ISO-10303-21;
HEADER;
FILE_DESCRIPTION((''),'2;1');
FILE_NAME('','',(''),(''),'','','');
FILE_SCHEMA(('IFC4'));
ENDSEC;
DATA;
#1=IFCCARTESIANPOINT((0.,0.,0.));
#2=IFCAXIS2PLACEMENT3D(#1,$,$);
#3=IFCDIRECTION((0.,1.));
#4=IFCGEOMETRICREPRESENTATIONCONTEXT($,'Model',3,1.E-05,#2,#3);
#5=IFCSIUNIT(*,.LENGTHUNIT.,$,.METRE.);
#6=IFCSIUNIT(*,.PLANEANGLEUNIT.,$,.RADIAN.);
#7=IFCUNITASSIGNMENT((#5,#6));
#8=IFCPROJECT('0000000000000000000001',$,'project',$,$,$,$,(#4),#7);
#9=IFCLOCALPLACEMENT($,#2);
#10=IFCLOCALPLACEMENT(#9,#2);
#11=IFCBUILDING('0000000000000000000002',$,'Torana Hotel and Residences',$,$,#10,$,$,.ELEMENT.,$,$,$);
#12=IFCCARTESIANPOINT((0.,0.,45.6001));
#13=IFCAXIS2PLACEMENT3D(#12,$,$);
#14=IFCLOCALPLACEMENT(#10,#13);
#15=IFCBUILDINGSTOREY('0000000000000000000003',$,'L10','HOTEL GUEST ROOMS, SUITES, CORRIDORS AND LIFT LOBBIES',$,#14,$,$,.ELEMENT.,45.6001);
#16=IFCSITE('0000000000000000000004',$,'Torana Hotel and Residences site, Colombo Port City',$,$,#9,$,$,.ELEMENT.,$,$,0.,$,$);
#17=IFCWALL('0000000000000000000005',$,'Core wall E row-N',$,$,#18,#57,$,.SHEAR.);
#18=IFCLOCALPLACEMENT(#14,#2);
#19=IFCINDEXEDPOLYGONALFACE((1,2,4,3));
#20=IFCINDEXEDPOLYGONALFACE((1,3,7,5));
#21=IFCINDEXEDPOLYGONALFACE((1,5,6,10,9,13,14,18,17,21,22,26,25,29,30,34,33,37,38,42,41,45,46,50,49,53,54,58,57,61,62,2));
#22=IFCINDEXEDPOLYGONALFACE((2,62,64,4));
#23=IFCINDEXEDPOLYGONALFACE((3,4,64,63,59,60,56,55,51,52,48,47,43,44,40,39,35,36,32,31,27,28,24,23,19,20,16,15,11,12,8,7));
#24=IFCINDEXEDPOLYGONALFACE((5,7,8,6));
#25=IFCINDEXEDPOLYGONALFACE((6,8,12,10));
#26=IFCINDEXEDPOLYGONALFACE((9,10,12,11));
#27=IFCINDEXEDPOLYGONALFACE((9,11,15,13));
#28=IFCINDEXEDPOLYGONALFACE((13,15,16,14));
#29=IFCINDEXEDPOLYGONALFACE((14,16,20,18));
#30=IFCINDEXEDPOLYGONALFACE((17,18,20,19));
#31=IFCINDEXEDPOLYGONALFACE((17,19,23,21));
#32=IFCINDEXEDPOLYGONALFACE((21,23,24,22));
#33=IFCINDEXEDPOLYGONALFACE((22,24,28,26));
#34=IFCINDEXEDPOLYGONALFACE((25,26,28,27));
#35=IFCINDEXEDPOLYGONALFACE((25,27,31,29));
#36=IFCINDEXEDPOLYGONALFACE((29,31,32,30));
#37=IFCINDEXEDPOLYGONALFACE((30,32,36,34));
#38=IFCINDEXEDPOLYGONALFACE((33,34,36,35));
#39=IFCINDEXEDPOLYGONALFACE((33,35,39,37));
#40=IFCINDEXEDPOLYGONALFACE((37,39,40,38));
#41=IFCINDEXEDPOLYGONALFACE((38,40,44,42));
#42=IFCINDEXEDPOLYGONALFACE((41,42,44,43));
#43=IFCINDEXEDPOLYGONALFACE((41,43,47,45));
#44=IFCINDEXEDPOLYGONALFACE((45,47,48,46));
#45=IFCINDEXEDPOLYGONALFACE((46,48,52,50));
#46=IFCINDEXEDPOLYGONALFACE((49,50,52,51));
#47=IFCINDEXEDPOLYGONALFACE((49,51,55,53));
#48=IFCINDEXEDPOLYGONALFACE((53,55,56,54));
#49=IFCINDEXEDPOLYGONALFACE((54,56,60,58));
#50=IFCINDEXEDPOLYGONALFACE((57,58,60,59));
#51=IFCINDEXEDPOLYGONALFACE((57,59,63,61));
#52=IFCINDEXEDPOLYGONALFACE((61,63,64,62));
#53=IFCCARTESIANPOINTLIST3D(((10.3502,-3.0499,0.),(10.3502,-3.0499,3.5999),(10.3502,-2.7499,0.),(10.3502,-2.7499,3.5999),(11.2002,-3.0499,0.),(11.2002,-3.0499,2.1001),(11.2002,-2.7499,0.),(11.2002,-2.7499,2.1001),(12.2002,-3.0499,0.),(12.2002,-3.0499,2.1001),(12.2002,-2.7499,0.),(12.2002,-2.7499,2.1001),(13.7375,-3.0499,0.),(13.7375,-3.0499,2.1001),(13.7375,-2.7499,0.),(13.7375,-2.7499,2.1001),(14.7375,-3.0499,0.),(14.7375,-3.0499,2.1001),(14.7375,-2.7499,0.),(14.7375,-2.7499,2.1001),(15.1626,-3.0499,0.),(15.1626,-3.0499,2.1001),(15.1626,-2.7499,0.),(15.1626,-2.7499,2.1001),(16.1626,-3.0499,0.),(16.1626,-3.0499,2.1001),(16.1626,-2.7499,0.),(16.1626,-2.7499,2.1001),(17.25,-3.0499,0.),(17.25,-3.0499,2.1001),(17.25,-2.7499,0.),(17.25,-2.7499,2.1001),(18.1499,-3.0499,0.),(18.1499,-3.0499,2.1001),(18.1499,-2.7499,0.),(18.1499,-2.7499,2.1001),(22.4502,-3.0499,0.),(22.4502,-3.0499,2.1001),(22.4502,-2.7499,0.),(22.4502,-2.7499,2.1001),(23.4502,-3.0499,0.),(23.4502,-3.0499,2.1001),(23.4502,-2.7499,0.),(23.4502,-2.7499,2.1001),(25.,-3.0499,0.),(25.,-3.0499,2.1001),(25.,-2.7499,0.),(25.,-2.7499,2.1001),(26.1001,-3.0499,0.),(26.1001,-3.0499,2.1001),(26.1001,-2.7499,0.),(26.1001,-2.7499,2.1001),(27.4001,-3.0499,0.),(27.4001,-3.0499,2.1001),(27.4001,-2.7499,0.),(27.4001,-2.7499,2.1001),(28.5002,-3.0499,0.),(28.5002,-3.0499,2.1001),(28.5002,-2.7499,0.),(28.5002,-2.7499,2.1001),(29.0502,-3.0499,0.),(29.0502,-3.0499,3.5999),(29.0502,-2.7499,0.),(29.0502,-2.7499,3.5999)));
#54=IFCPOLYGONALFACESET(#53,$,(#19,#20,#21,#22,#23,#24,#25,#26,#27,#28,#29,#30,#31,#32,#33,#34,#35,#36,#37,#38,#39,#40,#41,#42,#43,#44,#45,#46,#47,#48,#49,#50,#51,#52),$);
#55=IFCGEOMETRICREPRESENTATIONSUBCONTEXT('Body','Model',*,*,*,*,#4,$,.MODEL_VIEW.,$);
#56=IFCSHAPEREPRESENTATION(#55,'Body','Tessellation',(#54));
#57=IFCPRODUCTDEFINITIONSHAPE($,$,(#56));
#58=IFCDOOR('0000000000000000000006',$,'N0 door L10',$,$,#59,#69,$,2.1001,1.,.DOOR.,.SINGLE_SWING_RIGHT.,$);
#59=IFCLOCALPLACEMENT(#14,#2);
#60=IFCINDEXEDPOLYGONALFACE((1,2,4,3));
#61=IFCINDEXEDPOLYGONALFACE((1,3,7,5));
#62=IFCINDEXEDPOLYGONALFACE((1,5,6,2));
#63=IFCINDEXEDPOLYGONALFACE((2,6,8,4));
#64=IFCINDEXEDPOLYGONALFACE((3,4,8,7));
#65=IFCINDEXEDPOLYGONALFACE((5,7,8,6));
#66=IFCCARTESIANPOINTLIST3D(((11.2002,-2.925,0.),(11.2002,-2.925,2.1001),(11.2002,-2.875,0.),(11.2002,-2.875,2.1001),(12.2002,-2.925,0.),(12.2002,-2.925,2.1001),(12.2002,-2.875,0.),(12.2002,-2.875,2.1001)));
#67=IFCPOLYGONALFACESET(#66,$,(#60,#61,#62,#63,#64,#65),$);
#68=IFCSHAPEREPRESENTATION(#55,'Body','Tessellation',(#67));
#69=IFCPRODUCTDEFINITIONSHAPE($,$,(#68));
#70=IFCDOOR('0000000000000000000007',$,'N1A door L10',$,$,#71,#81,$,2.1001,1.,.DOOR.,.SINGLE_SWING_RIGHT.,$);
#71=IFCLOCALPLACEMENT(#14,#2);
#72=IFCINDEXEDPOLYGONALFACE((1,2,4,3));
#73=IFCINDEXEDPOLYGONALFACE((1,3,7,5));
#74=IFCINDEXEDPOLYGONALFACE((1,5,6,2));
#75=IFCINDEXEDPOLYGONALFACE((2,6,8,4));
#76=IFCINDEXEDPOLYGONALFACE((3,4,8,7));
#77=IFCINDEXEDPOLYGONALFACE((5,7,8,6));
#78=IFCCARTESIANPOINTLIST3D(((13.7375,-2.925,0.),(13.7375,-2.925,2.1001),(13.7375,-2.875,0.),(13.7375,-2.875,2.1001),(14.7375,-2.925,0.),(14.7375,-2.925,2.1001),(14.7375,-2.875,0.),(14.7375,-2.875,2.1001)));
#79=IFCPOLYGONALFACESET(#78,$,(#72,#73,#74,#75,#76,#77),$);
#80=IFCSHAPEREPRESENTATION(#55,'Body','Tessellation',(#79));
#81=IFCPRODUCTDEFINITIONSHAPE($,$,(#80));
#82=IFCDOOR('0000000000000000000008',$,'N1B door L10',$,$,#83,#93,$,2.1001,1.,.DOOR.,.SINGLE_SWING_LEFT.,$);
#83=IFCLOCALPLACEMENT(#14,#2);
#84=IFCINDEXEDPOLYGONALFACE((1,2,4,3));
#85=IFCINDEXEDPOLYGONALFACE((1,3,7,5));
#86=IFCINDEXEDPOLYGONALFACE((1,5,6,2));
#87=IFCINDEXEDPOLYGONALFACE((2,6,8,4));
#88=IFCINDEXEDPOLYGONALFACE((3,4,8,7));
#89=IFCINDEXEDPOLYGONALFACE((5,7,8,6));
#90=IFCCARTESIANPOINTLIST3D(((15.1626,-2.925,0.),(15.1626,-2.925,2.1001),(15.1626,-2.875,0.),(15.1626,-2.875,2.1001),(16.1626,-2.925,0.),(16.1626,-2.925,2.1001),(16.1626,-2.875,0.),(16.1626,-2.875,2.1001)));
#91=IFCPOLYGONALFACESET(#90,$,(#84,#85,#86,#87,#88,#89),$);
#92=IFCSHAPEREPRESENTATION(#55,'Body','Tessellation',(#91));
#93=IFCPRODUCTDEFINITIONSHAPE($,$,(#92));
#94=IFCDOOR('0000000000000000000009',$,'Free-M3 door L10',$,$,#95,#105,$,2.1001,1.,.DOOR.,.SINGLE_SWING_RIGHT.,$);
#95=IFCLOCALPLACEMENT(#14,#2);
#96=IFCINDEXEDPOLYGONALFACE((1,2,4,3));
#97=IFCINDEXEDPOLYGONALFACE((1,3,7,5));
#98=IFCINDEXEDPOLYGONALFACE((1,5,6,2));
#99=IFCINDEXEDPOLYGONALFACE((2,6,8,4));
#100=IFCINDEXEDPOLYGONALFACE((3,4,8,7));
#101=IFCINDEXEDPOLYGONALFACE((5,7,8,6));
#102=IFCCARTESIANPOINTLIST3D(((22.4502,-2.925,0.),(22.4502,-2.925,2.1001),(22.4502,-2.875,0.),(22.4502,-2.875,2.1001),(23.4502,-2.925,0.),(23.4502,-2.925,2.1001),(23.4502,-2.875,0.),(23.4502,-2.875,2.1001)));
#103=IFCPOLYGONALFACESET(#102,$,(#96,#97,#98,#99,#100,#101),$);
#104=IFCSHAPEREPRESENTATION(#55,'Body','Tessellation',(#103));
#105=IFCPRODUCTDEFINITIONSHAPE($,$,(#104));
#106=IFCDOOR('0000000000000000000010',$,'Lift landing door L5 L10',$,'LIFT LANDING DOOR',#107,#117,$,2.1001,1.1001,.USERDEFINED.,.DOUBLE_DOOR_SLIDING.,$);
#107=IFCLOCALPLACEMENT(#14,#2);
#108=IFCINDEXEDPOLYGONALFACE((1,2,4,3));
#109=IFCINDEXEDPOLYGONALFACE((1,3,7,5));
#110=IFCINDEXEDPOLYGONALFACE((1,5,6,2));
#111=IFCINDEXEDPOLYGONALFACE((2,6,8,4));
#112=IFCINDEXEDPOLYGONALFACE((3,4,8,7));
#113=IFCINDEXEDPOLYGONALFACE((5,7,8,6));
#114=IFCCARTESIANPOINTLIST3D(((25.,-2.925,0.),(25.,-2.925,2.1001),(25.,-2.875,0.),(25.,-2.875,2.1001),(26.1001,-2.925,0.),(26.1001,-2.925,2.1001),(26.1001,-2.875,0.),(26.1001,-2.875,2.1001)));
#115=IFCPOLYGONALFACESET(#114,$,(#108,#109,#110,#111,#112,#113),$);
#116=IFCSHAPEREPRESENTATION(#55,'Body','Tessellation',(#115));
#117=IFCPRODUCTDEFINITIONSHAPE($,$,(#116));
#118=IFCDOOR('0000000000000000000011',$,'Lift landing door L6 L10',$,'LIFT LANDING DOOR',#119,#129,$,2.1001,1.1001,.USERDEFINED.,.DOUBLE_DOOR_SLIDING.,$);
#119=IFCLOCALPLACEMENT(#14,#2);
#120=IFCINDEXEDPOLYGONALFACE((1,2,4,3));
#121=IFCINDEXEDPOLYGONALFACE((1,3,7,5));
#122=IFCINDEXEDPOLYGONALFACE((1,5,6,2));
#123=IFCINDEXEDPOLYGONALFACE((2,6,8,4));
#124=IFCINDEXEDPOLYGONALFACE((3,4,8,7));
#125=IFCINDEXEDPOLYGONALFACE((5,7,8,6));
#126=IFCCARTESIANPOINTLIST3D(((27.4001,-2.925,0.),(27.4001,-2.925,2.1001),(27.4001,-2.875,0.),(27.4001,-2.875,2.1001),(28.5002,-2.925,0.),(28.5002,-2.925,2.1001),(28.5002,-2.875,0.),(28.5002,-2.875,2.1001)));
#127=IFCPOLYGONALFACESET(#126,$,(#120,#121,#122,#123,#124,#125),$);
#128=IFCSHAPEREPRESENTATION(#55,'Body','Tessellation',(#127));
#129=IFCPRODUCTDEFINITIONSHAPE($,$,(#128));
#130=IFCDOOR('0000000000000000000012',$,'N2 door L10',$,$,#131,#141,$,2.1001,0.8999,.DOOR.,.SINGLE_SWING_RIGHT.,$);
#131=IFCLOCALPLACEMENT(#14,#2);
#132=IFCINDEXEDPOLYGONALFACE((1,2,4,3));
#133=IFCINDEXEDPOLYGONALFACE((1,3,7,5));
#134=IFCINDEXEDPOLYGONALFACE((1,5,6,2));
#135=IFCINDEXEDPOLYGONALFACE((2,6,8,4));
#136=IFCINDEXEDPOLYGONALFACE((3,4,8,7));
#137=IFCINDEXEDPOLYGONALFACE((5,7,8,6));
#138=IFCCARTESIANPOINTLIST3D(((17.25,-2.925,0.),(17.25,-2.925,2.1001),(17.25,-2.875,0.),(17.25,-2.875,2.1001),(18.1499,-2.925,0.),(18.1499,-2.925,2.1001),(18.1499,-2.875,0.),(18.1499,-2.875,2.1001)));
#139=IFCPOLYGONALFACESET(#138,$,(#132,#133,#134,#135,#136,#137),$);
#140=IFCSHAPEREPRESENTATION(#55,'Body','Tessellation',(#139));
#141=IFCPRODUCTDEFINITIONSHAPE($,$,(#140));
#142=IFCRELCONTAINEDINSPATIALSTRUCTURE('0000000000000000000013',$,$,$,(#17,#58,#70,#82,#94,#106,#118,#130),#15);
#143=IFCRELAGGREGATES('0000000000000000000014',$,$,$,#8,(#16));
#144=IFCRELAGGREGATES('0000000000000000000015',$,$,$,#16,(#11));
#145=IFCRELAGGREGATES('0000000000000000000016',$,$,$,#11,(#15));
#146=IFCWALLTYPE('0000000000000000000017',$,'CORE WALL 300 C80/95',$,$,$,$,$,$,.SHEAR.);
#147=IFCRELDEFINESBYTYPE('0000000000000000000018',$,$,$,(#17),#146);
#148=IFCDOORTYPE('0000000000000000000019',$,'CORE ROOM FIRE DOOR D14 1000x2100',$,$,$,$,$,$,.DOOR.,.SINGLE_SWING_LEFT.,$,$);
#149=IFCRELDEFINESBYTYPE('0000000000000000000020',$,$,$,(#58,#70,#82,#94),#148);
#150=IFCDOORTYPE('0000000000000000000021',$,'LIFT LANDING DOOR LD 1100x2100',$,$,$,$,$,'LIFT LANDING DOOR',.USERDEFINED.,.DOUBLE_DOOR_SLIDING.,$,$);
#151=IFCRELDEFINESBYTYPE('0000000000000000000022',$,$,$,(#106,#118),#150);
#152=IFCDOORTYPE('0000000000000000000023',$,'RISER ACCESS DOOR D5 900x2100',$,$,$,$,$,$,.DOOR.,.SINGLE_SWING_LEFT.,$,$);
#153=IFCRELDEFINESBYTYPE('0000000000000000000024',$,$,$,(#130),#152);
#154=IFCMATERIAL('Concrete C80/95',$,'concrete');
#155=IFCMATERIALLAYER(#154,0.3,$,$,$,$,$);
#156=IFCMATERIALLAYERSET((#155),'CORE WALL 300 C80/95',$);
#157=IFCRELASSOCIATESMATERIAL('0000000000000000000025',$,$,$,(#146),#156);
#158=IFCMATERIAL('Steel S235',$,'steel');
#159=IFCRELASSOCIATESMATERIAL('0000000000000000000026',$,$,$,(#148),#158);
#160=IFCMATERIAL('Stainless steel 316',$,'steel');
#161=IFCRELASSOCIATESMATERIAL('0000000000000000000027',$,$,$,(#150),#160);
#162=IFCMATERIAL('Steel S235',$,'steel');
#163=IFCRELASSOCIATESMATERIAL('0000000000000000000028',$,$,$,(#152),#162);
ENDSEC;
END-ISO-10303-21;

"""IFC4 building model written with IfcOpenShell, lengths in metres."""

from ifc_helpers import new_model, si_unit, direction, frame, frame_2d, origin, place, context, subcontext, project, spatial, rectangle, extrude, material, layer, layer_set, type_object, element, fill, save


model = new_model("IFC4")

# Units and contexts
model_context = context("Model", 3, precision=1e-05, world=origin(), true_north=direction((0.0, 1.0)))
body_context = subcontext(model_context, "Body", "Model", "MODEL_VIEW")
ifc_project = project(units=[si_unit("LENGTHUNIT", "METRE"), si_unit("PLANEANGLEUNIT", "RADIAN")], contexts=[model_context])

# Site, building, storey
site_placement = place(None, origin())
site = spatial("IfcSite", under=ifc_project, at=site_placement, Name="Torana Hotel and Residences site, Colombo Port City", CompositionType="ELEMENT", RefElevation=0.0)
building_placement = place(site_placement, origin())
building = spatial("IfcBuilding", under=site, at=building_placement, Name="Torana Hotel and Residences", CompositionType="ELEMENT")
storey_placement = place(building_placement, frame((0.0, 0.0, 45.6001)))
storey = spatial("IfcBuildingStorey", under=building, at=storey_placement, Name="L10", Description="HOTEL GUEST ROOMS, SUITES, CORRIDORS AND LIFT LOBBIES", CompositionType="ELEMENT", Elevation=45.6001)

# Wall, openings, doors
ifc_material_1 = material(Name="Concrete C80/95", Category="concrete")
ifc_layer_1 = layer(ifc_material_1, 0.3)
ifc_layer_set_1 = layer_set([ifc_layer_1], Name="CORE WALL 300 C80/95")
wall_type_1 = type_object("IfcWallType", Name="CORE WALL 300 C80/95", PredefinedType="SHEAR", material=ifc_layer_set_1)
wall_1_placement = place(storey_placement, frame((10.3501, -2.8999, 0.0), z_axis=(0.0, 0.0, 1.0), x_axis=(1.0, 0.0, 0.0)))
wall_1 = element("IfcWall", 1, at=wall_1_placement, inside=storey, type_object=wall_type_1, Name="Core wall E row-N", PredefinedType="SHEAR", context=body_context, shape_type="SweptSolid", body=[
    extrude(rectangle(XDim=18.7, YDim=0.3, at=frame_2d((9.3501, 0.0))), origin(), (0.0, 0.0, 1.0), 3.5999),
])
opening_1_placement = place(wall_1_placement, frame((14.6499, 0.0, 0.0)))
opening_1 = element("IfcOpeningElement", 2, at=opening_1_placement, cuts=wall_1, PredefinedType="OPENING", context=body_context, shape_type="SweptSolid", body=[
    extrude(rectangle(XDim=1.1001, YDim=2.1001, at=frame_2d((0.55, 1.05))), frame((0.0, 0.1599, 0.0), z_axis=(0.0, -1.0, 0.0), x_axis=(1.0, 0.0, 0.0)), (0.0, 0.0, 1.0), 0.3201),
])
opening_2_placement = place(wall_1_placement, frame((17.05, 0.0, 0.0)))
opening_2 = element("IfcOpeningElement", 3, at=opening_2_placement, cuts=wall_1, PredefinedType="OPENING", context=body_context, shape_type="SweptSolid", body=[
    extrude(rectangle(XDim=1.1001, YDim=2.1001, at=frame_2d((0.55, 1.05))), frame((0.0, 0.1599, 0.0), z_axis=(0.0, -1.0, 0.0), x_axis=(1.0, 0.0, 0.0)), (0.0, 0.0, 1.0), 0.3201),
])
opening_3_placement = place(wall_1_placement, frame((6.8999, 0.0, 0.0)))
opening_3 = element("IfcOpeningElement", 4, at=opening_3_placement, cuts=wall_1, PredefinedType="OPENING", context=body_context, shape_type="SweptSolid", body=[
    extrude(rectangle(XDim=0.8999, YDim=2.1001, at=frame_2d((0.45, 1.05))), frame((0.0, 0.1599, 0.0), z_axis=(0.0, -1.0, 0.0), x_axis=(1.0, 0.0, 0.0)), (0.0, 0.0, 1.0), 0.3201),
])
opening_4_placement = place(wall_1_placement, frame((0.8501, 0.0, 0.0)))
opening_4 = element("IfcOpeningElement", 5, at=opening_4_placement, cuts=wall_1, PredefinedType="OPENING", context=body_context, shape_type="SweptSolid", body=[
    extrude(rectangle(XDim=1.0, YDim=2.1001, at=frame_2d((0.5, 1.05))), frame((0.0, 0.1599, 0.0), z_axis=(0.0, -1.0, 0.0), x_axis=(1.0, 0.0, 0.0)), (0.0, 0.0, 1.0), 0.3201),
])
opening_5_placement = place(wall_1_placement, frame((3.3875, 0.0, 0.0)))
opening_5 = element("IfcOpeningElement", 6, at=opening_5_placement, cuts=wall_1, PredefinedType="OPENING", context=body_context, shape_type="SweptSolid", body=[
    extrude(rectangle(XDim=1.0, YDim=2.1001, at=frame_2d((0.5, 1.05))), frame((0.0, 0.1599, 0.0), z_axis=(0.0, -1.0, 0.0), x_axis=(1.0, 0.0, 0.0)), (0.0, 0.0, 1.0), 0.3201),
])
opening_6_placement = place(wall_1_placement, frame((4.8125, 0.0, 0.0)))
opening_6 = element("IfcOpeningElement", 7, at=opening_6_placement, cuts=wall_1, PredefinedType="OPENING", context=body_context, shape_type="SweptSolid", body=[
    extrude(rectangle(XDim=1.0, YDim=2.1001, at=frame_2d((0.5, 1.05))), frame((0.0, 0.1599, 0.0), z_axis=(0.0, -1.0, 0.0), x_axis=(1.0, 0.0, 0.0)), (0.0, 0.0, 1.0), 0.3201),
])
opening_7_placement = place(wall_1_placement, frame((12.1001, 0.0, 0.0)))
opening_7 = element("IfcOpeningElement", 8, at=opening_7_placement, cuts=wall_1, PredefinedType="OPENING", context=body_context, shape_type="SweptSolid", body=[
    extrude(rectangle(XDim=1.0, YDim=2.1001, at=frame_2d((0.5, 1.05))), frame((0.0, 0.1599, 0.0), z_axis=(0.0, -1.0, 0.0), x_axis=(1.0, 0.0, 0.0)), (0.0, 0.0, 1.0), 0.3201),
])
ifc_material_2 = material(Name="Steel S235", Category="steel")
door_type_1 = type_object("IfcDoorType", Name="CORE ROOM FIRE DOOR D14 1000x2100", OperationType="SINGLE_SWING_LEFT", PredefinedType="DOOR", material=ifc_material_2)
door_1_placement = place(opening_4_placement, origin())
door_1 = element("IfcDoor", 9, at=door_1_placement, inside=storey, type_object=door_type_1, Name="N0 door L10", OperationType="SINGLE_SWING_RIGHT", OverallHeight=2.1001, OverallWidth=1.0, PredefinedType="DOOR", context=body_context, shape_type="SweptSolid", body=[
    extrude(rectangle(XDim=1.0, YDim=2.1001, at=frame_2d((0.5, 1.05))), frame((0.0, 0.0249, 0.0), z_axis=(0.0, -1.0, 0.0), x_axis=(1.0, 0.0, 0.0)), (0.0, 0.0, 1.0), 0.05),
])
fill(opening_4, door_1)
door_2_placement = place(opening_5_placement, origin())
door_2 = element("IfcDoor", 10, at=door_2_placement, inside=storey, type_object=door_type_1, Name="N1A door L10", OperationType="SINGLE_SWING_RIGHT", OverallHeight=2.1001, OverallWidth=1.0, PredefinedType="DOOR", context=body_context, shape_type="SweptSolid", body=[
    extrude(rectangle(XDim=1.0, YDim=2.1001, at=frame_2d((0.5, 1.05))), frame((0.0, 0.0249, 0.0), z_axis=(0.0, -1.0, 0.0), x_axis=(1.0, 0.0, 0.0)), (0.0, 0.0, 1.0), 0.05),
])
fill(opening_5, door_2)
door_3_placement = place(opening_6_placement, origin())
door_3 = element("IfcDoor", 11, at=door_3_placement, inside=storey, type_object=door_type_1, Name="N1B door L10", OperationType="SINGLE_SWING_LEFT", OverallHeight=2.1001, OverallWidth=1.0, PredefinedType="DOOR", context=body_context, shape_type="SweptSolid", body=[
    extrude(rectangle(XDim=1.0, YDim=2.1001, at=frame_2d((0.5, 1.05))), frame((0.0, 0.0249, 0.0), z_axis=(0.0, -1.0, 0.0), x_axis=(1.0, 0.0, 0.0)), (0.0, 0.0, 1.0), 0.05),
])
fill(opening_6, door_3)
door_4_placement = place(opening_7_placement, origin())
door_4 = element("IfcDoor", 12, at=door_4_placement, inside=storey, type_object=door_type_1, Name="Free-M3 door L10", OperationType="SINGLE_SWING_RIGHT", OverallHeight=2.1001, OverallWidth=1.0, PredefinedType="DOOR", context=body_context, shape_type="SweptSolid", body=[
    extrude(rectangle(XDim=1.0, YDim=2.1001, at=frame_2d((0.5, 1.05))), frame((0.0, 0.0249, 0.0), z_axis=(0.0, -1.0, 0.0), x_axis=(1.0, 0.0, 0.0)), (0.0, 0.0, 1.0), 0.05),
])
fill(opening_7, door_4)
ifc_material_3 = material(Name="Stainless steel 316", Category="steel")
door_type_2 = type_object("IfcDoorType", Name="LIFT LANDING DOOR LD 1100x2100", ElementType="LIFT LANDING DOOR", OperationType="DOUBLE_DOOR_SLIDING", PredefinedType="USERDEFINED", material=ifc_material_3)
door_5_placement = place(opening_1_placement, origin())
door_5 = element("IfcDoor", 13, at=door_5_placement, inside=storey, type_object=door_type_2, Name="Lift landing door L5 L10", ObjectType="LIFT LANDING DOOR", OperationType="DOUBLE_DOOR_SLIDING", OverallHeight=2.1001, OverallWidth=1.1001, PredefinedType="USERDEFINED", context=body_context, shape_type="SweptSolid", body=[
    extrude(rectangle(XDim=1.1001, YDim=2.1001, at=frame_2d((0.55, 1.05))), frame((0.0, 0.0249, 0.0), z_axis=(0.0, -1.0, 0.0), x_axis=(1.0, 0.0, 0.0)), (0.0, 0.0, 1.0), 0.05),
])
fill(opening_1, door_5)
door_6_placement = place(opening_2_placement, origin())
door_6 = element("IfcDoor", 14, at=door_6_placement, inside=storey, type_object=door_type_2, Name="Lift landing door L6 L10", ObjectType="LIFT LANDING DOOR", OperationType="DOUBLE_DOOR_SLIDING", OverallHeight=2.1001, OverallWidth=1.1001, PredefinedType="USERDEFINED", context=body_context, shape_type="SweptSolid", body=[
    extrude(rectangle(XDim=1.1001, YDim=2.1001, at=frame_2d((0.55, 1.05))), frame((0.0, 0.0249, 0.0), z_axis=(0.0, -1.0, 0.0), x_axis=(1.0, 0.0, 0.0)), (0.0, 0.0, 1.0), 0.05),
])
fill(opening_2, door_6)
ifc_material_4 = material(Name="Steel S235", Category="steel")
door_type_3 = type_object("IfcDoorType", Name="RISER ACCESS DOOR D5 900x2100", OperationType="SINGLE_SWING_LEFT", PredefinedType="DOOR", material=ifc_material_4)
door_7_placement = place(opening_3_placement, origin())
door_7 = element("IfcDoor", 15, at=door_7_placement, inside=storey, type_object=door_type_3, Name="N2 door L10", OperationType="SINGLE_SWING_RIGHT", OverallHeight=2.1001, OverallWidth=0.8999, PredefinedType="DOOR", context=body_context, shape_type="SweptSolid", body=[
    extrude(rectangle(XDim=0.8999, YDim=2.1001, at=frame_2d((0.45, 1.05))), frame((0.0, 0.0249, 0.0), z_axis=(0.0, -1.0, 0.0), x_axis=(1.0, 0.0, 0.0)), (0.0, 0.0, 1.0), 0.05),
])
fill(opening_3, door_7)

save(model, "model.ifc")
